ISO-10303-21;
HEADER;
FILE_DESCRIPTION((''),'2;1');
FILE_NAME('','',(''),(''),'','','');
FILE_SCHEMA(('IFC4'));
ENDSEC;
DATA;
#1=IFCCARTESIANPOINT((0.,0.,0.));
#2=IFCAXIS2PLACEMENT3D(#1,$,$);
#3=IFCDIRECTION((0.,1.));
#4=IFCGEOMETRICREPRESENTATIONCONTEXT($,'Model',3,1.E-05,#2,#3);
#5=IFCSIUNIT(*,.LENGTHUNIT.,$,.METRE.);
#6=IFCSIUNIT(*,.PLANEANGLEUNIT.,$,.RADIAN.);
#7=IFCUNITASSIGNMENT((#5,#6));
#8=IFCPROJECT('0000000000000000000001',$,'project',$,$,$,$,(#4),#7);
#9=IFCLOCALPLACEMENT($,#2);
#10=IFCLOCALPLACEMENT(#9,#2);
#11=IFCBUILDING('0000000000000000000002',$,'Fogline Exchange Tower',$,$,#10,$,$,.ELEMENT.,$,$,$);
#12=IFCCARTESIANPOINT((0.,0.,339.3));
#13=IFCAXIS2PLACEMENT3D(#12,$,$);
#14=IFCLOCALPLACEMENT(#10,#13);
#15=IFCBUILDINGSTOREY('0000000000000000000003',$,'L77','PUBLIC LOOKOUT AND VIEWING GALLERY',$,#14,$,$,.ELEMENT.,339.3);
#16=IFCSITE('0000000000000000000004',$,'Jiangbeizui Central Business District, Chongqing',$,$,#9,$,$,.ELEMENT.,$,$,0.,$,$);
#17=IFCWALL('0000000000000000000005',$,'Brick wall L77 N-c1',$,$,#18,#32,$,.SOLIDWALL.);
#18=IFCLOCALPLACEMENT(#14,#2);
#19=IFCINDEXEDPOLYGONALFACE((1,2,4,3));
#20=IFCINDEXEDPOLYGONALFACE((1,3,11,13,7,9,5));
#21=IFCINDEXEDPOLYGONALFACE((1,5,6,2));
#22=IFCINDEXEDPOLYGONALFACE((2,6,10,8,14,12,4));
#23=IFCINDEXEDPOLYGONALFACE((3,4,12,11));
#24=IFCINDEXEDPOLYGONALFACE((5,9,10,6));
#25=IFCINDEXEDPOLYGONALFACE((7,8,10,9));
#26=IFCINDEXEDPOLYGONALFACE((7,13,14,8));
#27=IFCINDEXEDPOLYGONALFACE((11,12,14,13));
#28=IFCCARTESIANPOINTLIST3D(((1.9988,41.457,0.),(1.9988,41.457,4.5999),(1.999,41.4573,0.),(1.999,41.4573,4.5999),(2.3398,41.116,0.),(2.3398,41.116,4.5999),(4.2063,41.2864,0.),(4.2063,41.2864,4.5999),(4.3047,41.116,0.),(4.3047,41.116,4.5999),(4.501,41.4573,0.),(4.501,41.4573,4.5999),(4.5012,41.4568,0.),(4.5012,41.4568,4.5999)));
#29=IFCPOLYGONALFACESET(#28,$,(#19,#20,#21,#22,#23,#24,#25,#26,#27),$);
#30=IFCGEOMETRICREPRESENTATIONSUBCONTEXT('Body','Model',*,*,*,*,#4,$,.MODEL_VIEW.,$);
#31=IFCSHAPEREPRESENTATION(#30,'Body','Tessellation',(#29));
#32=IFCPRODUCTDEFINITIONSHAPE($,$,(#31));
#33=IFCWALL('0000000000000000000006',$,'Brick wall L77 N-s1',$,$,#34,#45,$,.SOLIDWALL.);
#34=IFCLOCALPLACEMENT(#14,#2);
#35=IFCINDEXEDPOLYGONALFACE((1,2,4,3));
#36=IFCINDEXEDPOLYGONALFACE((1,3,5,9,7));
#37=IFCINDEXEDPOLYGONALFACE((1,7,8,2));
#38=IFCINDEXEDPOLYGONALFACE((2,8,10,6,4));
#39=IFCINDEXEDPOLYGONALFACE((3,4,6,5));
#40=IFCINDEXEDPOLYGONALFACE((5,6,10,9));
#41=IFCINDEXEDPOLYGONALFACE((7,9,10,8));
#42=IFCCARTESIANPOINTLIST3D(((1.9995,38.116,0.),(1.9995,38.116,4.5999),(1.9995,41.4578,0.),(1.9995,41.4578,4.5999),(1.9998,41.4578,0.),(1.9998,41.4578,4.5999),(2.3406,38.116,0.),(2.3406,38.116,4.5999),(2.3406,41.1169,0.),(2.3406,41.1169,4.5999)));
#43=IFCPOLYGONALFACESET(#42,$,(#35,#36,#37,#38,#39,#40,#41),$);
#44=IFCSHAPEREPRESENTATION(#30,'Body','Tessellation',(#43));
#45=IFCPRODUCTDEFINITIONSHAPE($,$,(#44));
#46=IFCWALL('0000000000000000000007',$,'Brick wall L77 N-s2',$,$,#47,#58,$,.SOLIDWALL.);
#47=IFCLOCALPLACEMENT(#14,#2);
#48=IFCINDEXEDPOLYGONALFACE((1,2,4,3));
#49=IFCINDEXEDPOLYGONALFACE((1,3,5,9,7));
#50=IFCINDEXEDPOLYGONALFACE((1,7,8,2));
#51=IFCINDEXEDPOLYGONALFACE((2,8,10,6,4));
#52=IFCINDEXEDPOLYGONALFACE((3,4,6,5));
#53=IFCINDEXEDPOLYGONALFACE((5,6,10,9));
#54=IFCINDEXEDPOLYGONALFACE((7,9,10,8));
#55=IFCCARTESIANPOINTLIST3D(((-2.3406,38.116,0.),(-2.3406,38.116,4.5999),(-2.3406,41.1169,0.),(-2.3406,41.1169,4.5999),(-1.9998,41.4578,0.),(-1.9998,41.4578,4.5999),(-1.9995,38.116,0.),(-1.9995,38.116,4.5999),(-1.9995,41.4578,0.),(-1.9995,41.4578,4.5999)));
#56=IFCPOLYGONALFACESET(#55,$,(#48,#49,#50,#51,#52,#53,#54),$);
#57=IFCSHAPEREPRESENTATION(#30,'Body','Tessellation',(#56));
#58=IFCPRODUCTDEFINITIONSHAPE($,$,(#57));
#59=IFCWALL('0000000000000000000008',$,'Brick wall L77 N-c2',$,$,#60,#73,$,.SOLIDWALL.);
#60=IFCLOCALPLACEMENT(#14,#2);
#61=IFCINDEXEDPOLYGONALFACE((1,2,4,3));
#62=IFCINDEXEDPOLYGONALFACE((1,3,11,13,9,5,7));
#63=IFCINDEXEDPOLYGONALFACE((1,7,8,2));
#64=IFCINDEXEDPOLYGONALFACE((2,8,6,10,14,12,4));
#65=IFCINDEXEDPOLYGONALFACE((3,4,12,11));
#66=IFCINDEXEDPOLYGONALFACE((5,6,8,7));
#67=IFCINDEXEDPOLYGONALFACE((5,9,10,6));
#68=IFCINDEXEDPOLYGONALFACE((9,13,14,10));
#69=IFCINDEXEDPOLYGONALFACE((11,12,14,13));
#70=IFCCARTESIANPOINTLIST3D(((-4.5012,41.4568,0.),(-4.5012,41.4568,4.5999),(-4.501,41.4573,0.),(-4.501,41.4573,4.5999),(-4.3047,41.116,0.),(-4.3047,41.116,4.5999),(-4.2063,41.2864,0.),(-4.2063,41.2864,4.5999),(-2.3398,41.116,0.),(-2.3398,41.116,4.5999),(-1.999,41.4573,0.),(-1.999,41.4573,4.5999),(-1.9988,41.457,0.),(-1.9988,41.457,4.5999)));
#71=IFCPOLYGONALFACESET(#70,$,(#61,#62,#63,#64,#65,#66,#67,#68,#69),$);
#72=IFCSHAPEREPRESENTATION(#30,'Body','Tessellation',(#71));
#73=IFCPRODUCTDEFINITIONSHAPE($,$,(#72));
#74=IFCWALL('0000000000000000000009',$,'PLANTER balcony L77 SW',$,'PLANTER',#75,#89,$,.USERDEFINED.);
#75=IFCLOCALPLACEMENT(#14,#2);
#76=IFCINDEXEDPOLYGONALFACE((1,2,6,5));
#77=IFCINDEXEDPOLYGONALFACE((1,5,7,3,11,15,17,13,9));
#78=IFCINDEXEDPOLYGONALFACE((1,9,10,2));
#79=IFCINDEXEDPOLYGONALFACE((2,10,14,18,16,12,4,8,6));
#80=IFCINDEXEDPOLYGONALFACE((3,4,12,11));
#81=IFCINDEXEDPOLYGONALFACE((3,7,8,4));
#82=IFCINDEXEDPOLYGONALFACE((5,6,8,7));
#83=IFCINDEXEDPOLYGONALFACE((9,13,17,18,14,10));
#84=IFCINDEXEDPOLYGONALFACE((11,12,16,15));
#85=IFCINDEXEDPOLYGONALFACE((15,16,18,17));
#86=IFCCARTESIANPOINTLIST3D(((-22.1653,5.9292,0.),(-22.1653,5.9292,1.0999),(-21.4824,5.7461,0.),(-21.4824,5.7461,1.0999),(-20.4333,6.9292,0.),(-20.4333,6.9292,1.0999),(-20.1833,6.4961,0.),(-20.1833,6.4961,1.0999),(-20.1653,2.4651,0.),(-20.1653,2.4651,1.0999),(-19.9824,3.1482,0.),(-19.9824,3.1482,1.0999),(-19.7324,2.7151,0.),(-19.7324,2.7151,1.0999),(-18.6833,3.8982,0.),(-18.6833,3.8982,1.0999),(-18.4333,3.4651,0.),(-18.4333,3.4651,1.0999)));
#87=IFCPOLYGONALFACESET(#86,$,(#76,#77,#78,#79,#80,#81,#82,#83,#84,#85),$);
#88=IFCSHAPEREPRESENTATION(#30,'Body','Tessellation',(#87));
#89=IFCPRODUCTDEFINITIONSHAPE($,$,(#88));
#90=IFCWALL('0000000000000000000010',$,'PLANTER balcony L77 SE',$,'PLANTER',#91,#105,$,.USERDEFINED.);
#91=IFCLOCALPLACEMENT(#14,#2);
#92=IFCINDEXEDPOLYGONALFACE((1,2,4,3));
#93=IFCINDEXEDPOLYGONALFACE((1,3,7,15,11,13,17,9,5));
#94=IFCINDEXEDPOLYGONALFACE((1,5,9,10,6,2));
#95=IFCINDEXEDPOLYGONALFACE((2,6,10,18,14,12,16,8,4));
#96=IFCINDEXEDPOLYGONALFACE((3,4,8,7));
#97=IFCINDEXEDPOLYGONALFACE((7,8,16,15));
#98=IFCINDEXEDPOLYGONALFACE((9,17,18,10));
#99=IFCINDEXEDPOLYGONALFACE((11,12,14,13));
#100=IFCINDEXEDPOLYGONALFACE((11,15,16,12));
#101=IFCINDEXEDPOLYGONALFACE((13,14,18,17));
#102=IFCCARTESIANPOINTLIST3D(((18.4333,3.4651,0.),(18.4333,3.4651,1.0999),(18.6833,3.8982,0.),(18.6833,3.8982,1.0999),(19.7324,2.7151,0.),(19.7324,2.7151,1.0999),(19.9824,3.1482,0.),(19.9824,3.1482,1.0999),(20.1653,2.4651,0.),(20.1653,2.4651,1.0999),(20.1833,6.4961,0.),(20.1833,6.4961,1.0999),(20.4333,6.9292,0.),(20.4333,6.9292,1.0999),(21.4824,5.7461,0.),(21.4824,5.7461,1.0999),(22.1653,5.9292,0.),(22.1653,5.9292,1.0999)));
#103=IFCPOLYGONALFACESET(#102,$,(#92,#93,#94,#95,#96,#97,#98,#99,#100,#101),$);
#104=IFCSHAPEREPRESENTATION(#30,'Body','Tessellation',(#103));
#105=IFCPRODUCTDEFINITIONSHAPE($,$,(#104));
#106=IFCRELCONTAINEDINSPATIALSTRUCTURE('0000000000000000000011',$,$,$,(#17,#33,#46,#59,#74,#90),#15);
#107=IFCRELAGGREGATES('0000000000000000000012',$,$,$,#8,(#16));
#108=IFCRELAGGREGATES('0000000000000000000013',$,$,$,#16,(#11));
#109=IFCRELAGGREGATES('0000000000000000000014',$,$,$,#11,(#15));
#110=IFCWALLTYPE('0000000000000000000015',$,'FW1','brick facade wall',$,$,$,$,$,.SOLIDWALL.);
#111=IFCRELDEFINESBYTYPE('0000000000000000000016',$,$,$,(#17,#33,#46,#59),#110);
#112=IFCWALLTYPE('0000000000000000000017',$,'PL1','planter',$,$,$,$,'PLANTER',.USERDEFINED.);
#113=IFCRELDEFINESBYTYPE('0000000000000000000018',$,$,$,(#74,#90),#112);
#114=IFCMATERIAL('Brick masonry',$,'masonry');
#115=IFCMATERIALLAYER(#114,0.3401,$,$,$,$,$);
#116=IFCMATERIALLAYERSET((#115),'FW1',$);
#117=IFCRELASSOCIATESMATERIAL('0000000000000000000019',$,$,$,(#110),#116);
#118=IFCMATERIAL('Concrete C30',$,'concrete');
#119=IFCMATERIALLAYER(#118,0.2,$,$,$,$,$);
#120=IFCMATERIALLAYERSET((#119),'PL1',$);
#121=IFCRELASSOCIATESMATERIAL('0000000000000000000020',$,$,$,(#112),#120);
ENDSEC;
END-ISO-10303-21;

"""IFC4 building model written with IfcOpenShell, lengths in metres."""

from ifc_helpers import new_model, si_unit, direction, frame, origin, place, context, subcontext, project, spatial, polyline, outline, extrude, material, layer, layer_set, type_object, element, save


model = new_model("IFC4")

# Units and contexts
model_context = context("Model", 3, precision=1e-05, world=origin(), true_north=direction((0.0, 1.0)))
body_context = subcontext(model_context, "Body", "Model", "MODEL_VIEW")
ifc_project = project(units=[si_unit("LENGTHUNIT", "METRE"), si_unit("PLANEANGLEUNIT", "RADIAN")], contexts=[model_context])

# Site, building, storey
site_placement = place(None, origin())
site = spatial("IfcSite", under=ifc_project, at=site_placement, Name="Jiangbeizui Central Business District, Chongqing", CompositionType="ELEMENT", RefElevation=0.0)
building_placement = place(site_placement, origin())
building = spatial("IfcBuilding", under=site, at=building_placement, Name="Fogline Exchange Tower", CompositionType="ELEMENT")
storey_placement = place(building_placement, frame((0.0, 0.0, 339.3)))
storey = spatial("IfcBuildingStorey", under=building, at=storey_placement, Name="L77", Description="PUBLIC LOOKOUT AND VIEWING GALLERY", CompositionType="ELEMENT", Elevation=339.3)

# Walls
ifc_material_1 = material(Name="Brick masonry", Category="masonry")
ifc_layer_1 = layer(ifc_material_1, 0.3401)
ifc_layer_set_1 = layer_set([ifc_layer_1], Name="FW1")
wall_type_1 = type_object("IfcWallType", Name="FW1", Description="brick facade wall", PredefinedType="SOLIDWALL", material=ifc_layer_set_1)
wall_1_placement = place(storey_placement, origin())
element("IfcWall", 1, at=wall_1_placement, inside=storey, type_object=wall_type_1, Name="Brick wall L77 N-c1", PredefinedType="SOLIDWALL", context=body_context, shape_type="SweptSolid", body=[
    extrude(outline(polyline([(1.999, 41.4573), (4.501, 41.4573), (4.5012, 41.4568), (4.2063, 41.2864), (4.3047, 41.116), (2.3398, 41.116), (1.9988, 41.457), (1.999, 41.4573)])), origin(), (0.0, 0.0, 1.0), 4.5999),
])
wall_2_placement = place(storey_placement, origin())
element("IfcWall", 2, at=wall_2_placement, inside=storey, type_object=wall_type_1, Name="Brick wall L77 N-s1", PredefinedType="SOLIDWALL", context=body_context, shape_type="SweptSolid", body=[
    extrude(outline(polyline([(2.3406, 38.116), (1.9995, 38.116), (1.9995, 41.4578), (1.9998, 41.4578), (2.3406, 41.1169), (2.3406, 38.116)])), origin(), (0.0, 0.0, 1.0), 4.5999),
])
wall_3_placement = place(storey_placement, origin())
element("IfcWall", 3, at=wall_3_placement, inside=storey, type_object=wall_type_1, Name="Brick wall L77 N-s2", PredefinedType="SOLIDWALL", context=body_context, shape_type="SweptSolid", body=[
    extrude(outline(polyline([(-1.9995, 41.4578), (-1.9995, 38.116), (-2.3406, 38.116), (-2.3406, 41.1169), (-1.9998, 41.4578), (-1.9995, 41.4578)])), origin(), (0.0, 0.0, 1.0), 4.5999),
])
wall_4_placement = place(storey_placement, origin())
element("IfcWall", 4, at=wall_4_placement, inside=storey, type_object=wall_type_1, Name="Brick wall L77 N-c2", PredefinedType="SOLIDWALL", context=body_context, shape_type="SweptSolid", body=[
    extrude(outline(polyline([(-4.3047, 41.116), (-4.2063, 41.2864), (-4.5012, 41.4568), (-4.501, 41.4573), (-1.999, 41.4573), (-1.9988, 41.457), (-2.3398, 41.116), (-4.3047, 41.116)])), origin(), (0.0, 0.0, 1.0), 4.5999),
])
ifc_material_2 = material(Name="Concrete C30", Category="concrete")
ifc_layer_2 = layer(ifc_material_2, 0.2)
ifc_layer_set_2 = layer_set([ifc_layer_2], Name="PL1")
wall_type_2 = type_object("IfcWallType", Name="PL1", Description="planter", ElementType="PLANTER", PredefinedType="USERDEFINED", material=ifc_layer_set_2)
wall_5_placement = place(storey_placement, origin())
element("IfcWall", 5, at=wall_5_placement, inside=storey, type_object=wall_type_2, Name="PLANTER balcony L77 SW", ObjectType="PLANTER", PredefinedType="USERDEFINED", context=body_context, shape_type="SweptSolid", body=[
    extrude(outline(polyline([(-18.6833, 3.8982), (-19.9824, 3.1482), (-21.4824, 5.7461), (-20.1833, 6.4961), (-20.4333, 6.9292), (-22.1653, 5.9292), (-20.1653, 2.4651), (-19.7324, 2.7151), (-19.7324, 2.7151), (-18.4333, 3.4651), (-18.6833, 3.8982)])), origin(), (0.0, 0.0, 1.0), 1.0999),
])
wall_6_placement = place(storey_placement, origin())
element("IfcWall", 6, at=wall_6_placement, inside=storey, type_object=wall_type_2, Name="PLANTER balcony L77 SE", ObjectType="PLANTER", PredefinedType="USERDEFINED", context=body_context, shape_type="SweptSolid", body=[
    extrude(outline(polyline([(18.4333, 3.4651), (19.7324, 2.7151), (19.7324, 2.7151), (20.1653, 2.4651), (22.1653, 5.9292), (20.4333, 6.9292), (20.1833, 6.4961), (21.4824, 5.7461), (19.9824, 3.1482), (18.6833, 3.8982), (18.4333, 3.4651)])), origin(), (0.0, 0.0, 1.0), 1.0999),
])

save(model, "model.ifc")
